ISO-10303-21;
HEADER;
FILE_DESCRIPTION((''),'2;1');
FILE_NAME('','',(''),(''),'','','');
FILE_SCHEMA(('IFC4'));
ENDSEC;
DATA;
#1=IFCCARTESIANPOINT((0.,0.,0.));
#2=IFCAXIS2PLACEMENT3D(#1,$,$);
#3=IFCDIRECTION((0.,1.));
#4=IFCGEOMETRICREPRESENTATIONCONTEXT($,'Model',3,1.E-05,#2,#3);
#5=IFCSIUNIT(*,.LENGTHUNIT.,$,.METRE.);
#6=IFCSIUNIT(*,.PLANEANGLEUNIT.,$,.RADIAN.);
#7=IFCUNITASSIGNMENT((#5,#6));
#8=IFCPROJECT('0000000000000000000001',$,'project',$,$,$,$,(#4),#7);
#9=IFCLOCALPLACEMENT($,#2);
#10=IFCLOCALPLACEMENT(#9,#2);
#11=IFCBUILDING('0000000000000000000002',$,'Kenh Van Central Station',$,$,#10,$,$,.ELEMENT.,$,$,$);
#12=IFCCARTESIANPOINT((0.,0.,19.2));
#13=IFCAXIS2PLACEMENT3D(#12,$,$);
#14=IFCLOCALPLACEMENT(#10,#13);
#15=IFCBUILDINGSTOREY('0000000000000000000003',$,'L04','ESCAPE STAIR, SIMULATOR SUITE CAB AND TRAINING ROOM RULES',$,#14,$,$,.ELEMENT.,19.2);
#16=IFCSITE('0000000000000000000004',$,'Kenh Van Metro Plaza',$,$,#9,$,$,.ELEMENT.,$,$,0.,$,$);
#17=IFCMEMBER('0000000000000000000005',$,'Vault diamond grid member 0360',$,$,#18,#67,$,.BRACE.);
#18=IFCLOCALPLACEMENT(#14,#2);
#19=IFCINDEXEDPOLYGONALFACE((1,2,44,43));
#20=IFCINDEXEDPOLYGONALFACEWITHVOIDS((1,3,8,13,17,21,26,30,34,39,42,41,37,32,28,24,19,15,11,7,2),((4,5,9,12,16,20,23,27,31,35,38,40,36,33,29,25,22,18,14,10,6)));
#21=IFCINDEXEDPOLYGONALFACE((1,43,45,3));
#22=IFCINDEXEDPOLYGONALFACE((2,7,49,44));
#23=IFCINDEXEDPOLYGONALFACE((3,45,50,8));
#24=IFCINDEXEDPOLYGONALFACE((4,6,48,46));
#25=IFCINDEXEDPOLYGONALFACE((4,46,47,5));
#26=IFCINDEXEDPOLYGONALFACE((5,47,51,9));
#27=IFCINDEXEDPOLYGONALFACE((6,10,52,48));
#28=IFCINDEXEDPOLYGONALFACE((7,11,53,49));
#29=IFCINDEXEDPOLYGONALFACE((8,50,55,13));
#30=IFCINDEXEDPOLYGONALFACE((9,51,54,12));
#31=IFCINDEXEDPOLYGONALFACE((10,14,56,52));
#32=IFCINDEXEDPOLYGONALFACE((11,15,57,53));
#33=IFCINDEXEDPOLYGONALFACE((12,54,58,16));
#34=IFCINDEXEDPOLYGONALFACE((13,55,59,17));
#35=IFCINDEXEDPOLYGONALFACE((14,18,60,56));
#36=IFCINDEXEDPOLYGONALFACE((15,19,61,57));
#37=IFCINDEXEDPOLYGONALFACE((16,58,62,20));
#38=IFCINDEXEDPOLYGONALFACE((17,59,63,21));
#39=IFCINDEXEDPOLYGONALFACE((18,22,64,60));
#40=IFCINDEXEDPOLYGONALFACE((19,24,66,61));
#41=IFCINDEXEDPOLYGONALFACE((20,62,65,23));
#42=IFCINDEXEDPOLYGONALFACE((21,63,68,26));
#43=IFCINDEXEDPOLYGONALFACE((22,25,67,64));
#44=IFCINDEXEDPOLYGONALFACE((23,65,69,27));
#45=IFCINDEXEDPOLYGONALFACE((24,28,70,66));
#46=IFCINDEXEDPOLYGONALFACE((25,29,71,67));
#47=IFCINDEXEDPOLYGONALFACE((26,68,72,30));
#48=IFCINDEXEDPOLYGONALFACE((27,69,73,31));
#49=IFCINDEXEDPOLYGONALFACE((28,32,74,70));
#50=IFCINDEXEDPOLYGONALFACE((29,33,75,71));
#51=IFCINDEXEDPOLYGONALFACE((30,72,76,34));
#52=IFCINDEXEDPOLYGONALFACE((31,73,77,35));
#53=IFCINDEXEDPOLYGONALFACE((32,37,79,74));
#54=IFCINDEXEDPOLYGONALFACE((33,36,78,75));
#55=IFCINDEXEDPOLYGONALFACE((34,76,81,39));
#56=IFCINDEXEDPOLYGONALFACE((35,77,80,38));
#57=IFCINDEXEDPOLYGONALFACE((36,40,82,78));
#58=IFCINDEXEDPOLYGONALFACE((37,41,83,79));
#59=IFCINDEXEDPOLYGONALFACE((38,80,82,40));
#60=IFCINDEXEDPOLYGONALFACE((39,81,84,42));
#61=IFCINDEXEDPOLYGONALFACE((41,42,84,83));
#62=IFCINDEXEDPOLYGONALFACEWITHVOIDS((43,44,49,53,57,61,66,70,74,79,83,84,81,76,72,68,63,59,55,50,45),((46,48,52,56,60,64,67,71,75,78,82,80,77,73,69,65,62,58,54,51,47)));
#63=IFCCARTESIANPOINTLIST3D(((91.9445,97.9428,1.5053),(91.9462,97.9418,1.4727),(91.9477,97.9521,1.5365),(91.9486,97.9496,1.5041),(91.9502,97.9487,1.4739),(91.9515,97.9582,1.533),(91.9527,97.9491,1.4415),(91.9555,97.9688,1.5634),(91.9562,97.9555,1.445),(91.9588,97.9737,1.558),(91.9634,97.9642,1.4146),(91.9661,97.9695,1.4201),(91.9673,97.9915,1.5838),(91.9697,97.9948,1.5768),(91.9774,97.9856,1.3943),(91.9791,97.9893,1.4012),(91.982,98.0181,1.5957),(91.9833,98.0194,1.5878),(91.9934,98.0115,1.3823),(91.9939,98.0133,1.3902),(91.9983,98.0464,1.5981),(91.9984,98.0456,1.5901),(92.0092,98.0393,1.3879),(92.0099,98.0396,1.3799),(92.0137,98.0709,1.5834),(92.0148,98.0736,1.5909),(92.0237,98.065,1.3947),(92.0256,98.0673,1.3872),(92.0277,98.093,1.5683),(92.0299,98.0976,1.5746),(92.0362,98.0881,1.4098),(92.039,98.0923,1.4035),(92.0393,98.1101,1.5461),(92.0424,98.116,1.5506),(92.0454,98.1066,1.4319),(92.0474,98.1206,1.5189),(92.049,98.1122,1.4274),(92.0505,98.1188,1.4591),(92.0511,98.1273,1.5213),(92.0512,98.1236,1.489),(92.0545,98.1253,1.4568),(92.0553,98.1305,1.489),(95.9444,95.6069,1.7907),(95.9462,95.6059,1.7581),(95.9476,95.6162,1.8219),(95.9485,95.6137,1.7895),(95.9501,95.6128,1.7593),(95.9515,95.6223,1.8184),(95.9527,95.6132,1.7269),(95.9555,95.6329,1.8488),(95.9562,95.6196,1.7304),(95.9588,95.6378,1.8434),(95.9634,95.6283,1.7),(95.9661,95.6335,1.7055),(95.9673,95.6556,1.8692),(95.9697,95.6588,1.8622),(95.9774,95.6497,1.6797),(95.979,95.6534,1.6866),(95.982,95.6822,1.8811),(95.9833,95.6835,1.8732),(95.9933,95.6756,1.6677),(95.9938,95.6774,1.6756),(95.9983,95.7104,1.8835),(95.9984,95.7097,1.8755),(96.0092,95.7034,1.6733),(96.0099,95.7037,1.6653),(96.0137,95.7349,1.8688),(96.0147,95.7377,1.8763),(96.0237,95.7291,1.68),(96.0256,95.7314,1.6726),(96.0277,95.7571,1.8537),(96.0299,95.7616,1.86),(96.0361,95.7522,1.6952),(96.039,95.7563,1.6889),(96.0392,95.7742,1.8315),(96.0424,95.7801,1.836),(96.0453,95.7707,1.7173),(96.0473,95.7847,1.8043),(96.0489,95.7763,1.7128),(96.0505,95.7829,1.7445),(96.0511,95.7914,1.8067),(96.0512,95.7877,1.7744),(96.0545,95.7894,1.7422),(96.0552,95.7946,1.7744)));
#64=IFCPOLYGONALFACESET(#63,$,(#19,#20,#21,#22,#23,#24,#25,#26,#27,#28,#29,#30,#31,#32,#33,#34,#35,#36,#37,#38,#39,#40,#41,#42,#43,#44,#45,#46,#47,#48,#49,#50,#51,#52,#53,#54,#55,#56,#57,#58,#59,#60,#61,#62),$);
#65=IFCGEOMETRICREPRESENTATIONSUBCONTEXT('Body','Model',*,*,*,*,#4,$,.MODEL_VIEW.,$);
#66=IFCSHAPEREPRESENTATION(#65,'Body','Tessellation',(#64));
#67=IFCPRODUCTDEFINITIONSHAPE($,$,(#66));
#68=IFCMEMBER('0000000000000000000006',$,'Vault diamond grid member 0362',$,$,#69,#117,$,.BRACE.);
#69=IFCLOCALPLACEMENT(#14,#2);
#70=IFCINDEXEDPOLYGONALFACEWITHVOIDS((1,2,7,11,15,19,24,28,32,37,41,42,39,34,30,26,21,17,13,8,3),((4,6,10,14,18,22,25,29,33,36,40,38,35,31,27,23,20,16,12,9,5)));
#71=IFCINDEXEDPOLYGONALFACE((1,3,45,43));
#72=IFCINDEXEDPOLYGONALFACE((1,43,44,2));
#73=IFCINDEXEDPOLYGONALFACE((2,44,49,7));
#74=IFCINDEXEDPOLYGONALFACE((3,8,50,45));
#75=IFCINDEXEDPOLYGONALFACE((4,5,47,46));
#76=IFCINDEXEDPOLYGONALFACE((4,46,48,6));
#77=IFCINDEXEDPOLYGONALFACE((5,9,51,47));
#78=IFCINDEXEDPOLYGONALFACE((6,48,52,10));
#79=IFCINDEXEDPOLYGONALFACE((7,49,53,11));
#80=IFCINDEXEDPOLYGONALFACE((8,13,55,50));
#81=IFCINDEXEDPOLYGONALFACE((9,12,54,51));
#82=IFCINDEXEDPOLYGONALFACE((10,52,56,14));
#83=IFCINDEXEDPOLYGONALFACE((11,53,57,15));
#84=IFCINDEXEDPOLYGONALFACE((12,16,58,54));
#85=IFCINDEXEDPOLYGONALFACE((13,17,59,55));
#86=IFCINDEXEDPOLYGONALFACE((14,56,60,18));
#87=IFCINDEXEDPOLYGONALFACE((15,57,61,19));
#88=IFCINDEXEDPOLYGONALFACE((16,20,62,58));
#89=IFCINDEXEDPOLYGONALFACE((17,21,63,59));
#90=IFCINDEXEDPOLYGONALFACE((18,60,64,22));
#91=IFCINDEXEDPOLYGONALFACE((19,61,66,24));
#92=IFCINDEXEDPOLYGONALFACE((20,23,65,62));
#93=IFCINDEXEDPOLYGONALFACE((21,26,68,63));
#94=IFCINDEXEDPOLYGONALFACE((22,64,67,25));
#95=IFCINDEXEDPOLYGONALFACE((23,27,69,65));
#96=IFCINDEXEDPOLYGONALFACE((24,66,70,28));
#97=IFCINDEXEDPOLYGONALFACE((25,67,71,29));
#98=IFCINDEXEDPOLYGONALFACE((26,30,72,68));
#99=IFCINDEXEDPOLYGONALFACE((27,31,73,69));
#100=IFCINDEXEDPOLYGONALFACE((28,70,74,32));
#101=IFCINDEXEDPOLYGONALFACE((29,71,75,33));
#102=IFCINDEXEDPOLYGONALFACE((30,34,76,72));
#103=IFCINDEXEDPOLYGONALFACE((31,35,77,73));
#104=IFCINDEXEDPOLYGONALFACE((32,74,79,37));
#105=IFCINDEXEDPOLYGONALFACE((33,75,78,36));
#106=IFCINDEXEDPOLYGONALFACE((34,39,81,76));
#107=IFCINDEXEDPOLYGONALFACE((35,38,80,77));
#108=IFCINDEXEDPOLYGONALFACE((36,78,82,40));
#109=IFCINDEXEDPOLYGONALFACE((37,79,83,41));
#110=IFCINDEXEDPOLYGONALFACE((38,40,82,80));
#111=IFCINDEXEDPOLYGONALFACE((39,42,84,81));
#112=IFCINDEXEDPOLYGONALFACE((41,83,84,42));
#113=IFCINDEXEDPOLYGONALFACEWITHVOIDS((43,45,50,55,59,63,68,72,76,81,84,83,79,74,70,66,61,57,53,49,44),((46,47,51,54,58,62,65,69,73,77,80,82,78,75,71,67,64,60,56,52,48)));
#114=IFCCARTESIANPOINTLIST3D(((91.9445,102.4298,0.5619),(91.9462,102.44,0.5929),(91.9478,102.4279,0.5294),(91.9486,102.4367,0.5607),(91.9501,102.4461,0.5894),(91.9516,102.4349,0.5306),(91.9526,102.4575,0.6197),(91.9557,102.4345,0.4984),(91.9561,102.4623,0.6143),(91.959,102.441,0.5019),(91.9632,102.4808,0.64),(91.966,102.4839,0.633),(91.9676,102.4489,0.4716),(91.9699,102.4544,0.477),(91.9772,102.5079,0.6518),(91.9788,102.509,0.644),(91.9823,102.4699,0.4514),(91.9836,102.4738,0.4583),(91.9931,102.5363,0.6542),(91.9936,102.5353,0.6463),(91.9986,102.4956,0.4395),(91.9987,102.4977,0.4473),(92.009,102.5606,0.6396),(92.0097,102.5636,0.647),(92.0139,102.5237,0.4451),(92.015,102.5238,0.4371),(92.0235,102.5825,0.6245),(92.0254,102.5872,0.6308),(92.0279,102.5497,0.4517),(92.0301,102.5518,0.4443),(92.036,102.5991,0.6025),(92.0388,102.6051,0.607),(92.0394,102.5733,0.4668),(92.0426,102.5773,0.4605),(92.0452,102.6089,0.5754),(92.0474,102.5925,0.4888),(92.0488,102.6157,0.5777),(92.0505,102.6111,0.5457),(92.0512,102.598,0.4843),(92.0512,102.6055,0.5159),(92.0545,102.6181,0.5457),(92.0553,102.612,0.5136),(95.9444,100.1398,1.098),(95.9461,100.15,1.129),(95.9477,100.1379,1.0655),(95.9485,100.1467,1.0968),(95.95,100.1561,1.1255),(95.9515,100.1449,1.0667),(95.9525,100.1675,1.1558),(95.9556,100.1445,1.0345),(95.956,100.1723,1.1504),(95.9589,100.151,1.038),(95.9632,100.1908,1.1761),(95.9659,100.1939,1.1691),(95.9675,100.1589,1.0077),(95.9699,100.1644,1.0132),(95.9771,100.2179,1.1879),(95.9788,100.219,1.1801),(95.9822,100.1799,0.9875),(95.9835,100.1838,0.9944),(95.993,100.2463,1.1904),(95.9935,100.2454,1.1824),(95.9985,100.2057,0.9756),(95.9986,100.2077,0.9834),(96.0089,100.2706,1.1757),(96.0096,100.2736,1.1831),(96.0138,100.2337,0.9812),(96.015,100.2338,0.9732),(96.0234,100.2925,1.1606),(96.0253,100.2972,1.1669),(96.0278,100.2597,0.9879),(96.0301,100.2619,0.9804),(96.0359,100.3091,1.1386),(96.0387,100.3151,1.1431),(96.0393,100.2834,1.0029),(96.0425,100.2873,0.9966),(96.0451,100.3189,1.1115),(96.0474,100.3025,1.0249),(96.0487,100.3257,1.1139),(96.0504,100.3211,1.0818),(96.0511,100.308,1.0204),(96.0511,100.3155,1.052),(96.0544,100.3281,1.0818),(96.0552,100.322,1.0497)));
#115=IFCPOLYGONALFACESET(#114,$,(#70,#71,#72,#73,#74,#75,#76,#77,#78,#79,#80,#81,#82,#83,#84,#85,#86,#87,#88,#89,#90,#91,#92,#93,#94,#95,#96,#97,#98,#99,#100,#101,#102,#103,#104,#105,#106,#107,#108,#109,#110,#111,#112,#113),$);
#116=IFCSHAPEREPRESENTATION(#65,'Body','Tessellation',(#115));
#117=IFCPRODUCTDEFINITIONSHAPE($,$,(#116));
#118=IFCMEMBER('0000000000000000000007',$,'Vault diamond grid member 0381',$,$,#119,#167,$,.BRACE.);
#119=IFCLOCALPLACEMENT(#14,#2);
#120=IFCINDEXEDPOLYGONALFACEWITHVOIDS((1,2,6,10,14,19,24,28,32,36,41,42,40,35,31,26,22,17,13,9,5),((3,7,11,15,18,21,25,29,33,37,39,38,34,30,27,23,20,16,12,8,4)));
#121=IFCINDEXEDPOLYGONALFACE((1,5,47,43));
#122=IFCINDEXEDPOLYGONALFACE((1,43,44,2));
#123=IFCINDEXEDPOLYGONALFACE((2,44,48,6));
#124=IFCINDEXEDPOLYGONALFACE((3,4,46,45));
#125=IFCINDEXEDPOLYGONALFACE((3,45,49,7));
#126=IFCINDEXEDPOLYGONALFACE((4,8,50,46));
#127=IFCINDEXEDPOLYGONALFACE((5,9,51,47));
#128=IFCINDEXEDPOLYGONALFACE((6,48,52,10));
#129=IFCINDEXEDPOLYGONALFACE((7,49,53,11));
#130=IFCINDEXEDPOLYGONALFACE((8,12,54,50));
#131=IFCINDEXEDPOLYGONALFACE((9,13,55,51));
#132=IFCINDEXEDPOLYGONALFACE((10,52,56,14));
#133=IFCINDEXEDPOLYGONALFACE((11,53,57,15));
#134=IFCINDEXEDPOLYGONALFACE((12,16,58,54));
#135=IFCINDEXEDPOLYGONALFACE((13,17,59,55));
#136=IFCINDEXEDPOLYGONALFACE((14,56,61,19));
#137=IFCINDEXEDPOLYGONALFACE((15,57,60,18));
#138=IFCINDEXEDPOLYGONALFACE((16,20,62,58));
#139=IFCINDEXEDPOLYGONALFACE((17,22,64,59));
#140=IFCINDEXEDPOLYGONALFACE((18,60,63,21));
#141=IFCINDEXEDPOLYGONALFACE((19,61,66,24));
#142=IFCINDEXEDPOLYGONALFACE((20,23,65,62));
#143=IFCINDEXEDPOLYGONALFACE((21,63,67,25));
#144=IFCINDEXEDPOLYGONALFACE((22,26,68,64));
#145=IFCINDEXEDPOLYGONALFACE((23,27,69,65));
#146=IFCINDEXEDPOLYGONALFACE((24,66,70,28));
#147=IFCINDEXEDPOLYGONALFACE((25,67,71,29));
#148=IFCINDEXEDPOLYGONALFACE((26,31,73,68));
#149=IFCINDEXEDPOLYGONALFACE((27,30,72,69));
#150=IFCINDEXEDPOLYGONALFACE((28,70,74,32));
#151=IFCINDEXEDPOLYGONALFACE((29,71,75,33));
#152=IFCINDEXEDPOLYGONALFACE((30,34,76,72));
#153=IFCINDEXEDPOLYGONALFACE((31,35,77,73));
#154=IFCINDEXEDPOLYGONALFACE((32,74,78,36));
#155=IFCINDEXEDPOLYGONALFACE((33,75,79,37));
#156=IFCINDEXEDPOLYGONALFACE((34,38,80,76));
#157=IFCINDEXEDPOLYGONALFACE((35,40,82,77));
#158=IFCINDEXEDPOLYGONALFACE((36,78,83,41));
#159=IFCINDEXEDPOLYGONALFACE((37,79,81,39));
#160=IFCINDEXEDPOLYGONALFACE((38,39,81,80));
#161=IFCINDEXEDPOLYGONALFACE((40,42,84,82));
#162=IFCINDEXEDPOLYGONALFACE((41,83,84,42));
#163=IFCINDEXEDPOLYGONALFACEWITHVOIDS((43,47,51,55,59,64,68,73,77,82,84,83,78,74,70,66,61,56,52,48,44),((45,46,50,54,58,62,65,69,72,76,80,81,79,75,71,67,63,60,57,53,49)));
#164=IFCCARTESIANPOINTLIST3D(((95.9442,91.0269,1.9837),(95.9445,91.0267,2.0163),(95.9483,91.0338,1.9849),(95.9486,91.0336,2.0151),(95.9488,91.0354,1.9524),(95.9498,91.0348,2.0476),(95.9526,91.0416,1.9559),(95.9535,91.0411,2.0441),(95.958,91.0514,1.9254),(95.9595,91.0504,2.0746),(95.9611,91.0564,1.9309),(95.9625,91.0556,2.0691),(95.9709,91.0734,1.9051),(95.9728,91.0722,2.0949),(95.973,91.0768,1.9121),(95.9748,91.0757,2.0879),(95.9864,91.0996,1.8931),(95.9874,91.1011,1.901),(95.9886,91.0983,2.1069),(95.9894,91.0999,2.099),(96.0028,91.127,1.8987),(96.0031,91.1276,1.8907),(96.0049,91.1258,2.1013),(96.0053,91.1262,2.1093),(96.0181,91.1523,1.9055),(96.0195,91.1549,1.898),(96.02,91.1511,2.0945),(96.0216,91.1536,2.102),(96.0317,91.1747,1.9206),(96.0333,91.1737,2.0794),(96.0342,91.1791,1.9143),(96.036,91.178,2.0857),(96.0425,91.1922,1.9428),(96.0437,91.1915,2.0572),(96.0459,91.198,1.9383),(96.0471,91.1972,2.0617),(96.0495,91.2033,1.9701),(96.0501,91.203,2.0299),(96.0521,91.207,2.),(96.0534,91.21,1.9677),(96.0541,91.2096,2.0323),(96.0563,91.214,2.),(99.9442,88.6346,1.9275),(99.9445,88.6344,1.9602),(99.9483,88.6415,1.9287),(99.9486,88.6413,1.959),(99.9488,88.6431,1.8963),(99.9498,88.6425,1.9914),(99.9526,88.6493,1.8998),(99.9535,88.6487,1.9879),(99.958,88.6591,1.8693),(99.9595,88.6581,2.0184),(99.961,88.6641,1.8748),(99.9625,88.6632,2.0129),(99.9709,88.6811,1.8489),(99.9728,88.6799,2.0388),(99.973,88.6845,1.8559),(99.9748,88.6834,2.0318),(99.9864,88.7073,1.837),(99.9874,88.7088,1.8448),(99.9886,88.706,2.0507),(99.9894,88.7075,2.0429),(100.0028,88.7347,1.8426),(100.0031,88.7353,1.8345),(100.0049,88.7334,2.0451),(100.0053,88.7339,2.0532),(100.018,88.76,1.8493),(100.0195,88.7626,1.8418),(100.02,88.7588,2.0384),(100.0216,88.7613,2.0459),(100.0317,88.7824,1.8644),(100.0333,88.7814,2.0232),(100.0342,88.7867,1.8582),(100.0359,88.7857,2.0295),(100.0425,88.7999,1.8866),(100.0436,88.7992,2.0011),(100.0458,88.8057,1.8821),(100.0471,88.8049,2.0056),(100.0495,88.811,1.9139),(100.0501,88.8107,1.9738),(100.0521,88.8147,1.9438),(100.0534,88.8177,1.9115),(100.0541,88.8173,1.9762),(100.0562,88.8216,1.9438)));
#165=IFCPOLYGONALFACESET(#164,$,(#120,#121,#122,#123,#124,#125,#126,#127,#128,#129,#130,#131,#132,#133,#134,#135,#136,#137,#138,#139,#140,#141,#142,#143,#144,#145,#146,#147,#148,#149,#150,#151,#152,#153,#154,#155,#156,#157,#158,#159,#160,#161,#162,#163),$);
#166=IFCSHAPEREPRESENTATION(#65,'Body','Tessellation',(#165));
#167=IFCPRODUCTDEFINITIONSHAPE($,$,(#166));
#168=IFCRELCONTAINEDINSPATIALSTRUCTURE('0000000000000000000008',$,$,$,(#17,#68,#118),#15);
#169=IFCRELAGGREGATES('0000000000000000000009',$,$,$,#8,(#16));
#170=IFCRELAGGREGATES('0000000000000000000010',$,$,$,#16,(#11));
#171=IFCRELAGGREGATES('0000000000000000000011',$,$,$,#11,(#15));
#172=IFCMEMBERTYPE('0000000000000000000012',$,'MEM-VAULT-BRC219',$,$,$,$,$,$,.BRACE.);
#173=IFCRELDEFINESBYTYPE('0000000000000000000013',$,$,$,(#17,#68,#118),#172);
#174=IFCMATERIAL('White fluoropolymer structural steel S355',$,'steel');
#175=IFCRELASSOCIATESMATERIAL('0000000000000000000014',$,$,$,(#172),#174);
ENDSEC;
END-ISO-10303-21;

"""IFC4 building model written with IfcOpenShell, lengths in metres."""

from ifc_helpers import new_model, si_unit, direction, frame, origin, origin_2d, place, context, subcontext, project, spatial, hollow_circle, extrude, material, material_profile, profile_set, type_object, element, save


model = new_model("IFC4")

# Units and contexts
model_context = context("Model", 3, precision=1e-05, world=origin(), true_north=direction((0.0, 1.0)))
body_context = subcontext(model_context, "Body", "Model", "MODEL_VIEW")
ifc_project = project(units=[si_unit("LENGTHUNIT", "METRE"), si_unit("PLANEANGLEUNIT", "RADIAN")], contexts=[model_context])

# Site, building, storey
site_placement = place(None, origin())
site = spatial("IfcSite", under=ifc_project, at=site_placement, Name="Kenh Van Metro Plaza", CompositionType="ELEMENT", RefElevation=0.0)
building_placement = place(site_placement, origin())
building = spatial("IfcBuilding", under=site, at=building_placement, Name="Kenh Van Central Station", CompositionType="ELEMENT")
storey_placement = place(building_placement, frame((0.0, 0.0, 19.2)))
storey = spatial("IfcBuildingStorey", under=building, at=storey_placement, Name="L04", Description="ESCAPE STAIR, SIMULATOR SUITE CAB AND TRAINING ROOM RULES", CompositionType="ELEMENT", Elevation=19.2)

# Shared definitions
ifc_material_1 = material(Name="White fluoropolymer structural steel S355", Category="steel")

# Members
ifc_material_profile_1 = material_profile(ifc_material_1, hollow_circle(Radius=0.1096, WallThickness=0.0081, at=origin_2d()), Name="CHS 219.1x8")
ifc_profile_set_1 = profile_set([ifc_material_profile_1], Name="White fluoropolymer structural steel S355")
member_type_1 = type_object("IfcMemberType", Name="MEM-VAULT-BRC219", PredefinedType="BRACE", material=ifc_profile_set_1)
member_1_placement = place(storey_placement, frame((92.0, 98.0359, 1.489), z_axis=(0.8619, -0.503336, 0.061497), x_axis=(0.50429, 0.863534, 0.0)))
element("IfcMember", 1, at=member_1_placement, inside=storey, type_object=member_type_1, Name="Vault diamond grid member 0360", PredefinedType="BRACE", context=body_context, shape_type="SweptSolid", body=[
    extrude(hollow_circle(Radius=0.1096, WallThickness=0.0081, at=origin_2d()), origin(), (0.0, 0.0, 1.0), 4.6409),
])
member_2_placement = place(storey_placement, frame((92.0, 102.5229, 0.5457), z_axis=(0.862027, -0.493519, 0.11554), x_axis=(0.496846, 0.867839, 0.0)))
element("IfcMember", 2, at=member_2_placement, inside=storey, type_object=member_type_1, Name="Vault diamond grid member 0362", PredefinedType="BRACE", context=body_context, shape_type="SweptSolid", body=[
    extrude(hollow_circle(Radius=0.1096, WallThickness=0.0081, at=origin_2d()), origin(), (0.0, 0.0, 1.0), 4.6401),
])
for number, where, z_axis, x_axis, name in (
    (3, (96.0, 91.1199, 2.0), (0.858155, -0.513249, -0.012047), (0.513286, 0.858218, 0.0), "Vault diamond grid member 0381"),
):
    element("IfcMember", number, at=place(storey_placement, frame(where, z_axis=z_axis, x_axis=x_axis)), inside=storey, type_object=member_type_1, Name=name, PredefinedType="BRACE", context=body_context, shape_type="SweptSolid", body=[
        extrude(hollow_circle(Radius=0.1096, WallThickness=0.0081, at=origin_2d()), origin(), (0.0, 0.0, 1.0), 4.6611),
    ])

save(model, "model.ifc")
